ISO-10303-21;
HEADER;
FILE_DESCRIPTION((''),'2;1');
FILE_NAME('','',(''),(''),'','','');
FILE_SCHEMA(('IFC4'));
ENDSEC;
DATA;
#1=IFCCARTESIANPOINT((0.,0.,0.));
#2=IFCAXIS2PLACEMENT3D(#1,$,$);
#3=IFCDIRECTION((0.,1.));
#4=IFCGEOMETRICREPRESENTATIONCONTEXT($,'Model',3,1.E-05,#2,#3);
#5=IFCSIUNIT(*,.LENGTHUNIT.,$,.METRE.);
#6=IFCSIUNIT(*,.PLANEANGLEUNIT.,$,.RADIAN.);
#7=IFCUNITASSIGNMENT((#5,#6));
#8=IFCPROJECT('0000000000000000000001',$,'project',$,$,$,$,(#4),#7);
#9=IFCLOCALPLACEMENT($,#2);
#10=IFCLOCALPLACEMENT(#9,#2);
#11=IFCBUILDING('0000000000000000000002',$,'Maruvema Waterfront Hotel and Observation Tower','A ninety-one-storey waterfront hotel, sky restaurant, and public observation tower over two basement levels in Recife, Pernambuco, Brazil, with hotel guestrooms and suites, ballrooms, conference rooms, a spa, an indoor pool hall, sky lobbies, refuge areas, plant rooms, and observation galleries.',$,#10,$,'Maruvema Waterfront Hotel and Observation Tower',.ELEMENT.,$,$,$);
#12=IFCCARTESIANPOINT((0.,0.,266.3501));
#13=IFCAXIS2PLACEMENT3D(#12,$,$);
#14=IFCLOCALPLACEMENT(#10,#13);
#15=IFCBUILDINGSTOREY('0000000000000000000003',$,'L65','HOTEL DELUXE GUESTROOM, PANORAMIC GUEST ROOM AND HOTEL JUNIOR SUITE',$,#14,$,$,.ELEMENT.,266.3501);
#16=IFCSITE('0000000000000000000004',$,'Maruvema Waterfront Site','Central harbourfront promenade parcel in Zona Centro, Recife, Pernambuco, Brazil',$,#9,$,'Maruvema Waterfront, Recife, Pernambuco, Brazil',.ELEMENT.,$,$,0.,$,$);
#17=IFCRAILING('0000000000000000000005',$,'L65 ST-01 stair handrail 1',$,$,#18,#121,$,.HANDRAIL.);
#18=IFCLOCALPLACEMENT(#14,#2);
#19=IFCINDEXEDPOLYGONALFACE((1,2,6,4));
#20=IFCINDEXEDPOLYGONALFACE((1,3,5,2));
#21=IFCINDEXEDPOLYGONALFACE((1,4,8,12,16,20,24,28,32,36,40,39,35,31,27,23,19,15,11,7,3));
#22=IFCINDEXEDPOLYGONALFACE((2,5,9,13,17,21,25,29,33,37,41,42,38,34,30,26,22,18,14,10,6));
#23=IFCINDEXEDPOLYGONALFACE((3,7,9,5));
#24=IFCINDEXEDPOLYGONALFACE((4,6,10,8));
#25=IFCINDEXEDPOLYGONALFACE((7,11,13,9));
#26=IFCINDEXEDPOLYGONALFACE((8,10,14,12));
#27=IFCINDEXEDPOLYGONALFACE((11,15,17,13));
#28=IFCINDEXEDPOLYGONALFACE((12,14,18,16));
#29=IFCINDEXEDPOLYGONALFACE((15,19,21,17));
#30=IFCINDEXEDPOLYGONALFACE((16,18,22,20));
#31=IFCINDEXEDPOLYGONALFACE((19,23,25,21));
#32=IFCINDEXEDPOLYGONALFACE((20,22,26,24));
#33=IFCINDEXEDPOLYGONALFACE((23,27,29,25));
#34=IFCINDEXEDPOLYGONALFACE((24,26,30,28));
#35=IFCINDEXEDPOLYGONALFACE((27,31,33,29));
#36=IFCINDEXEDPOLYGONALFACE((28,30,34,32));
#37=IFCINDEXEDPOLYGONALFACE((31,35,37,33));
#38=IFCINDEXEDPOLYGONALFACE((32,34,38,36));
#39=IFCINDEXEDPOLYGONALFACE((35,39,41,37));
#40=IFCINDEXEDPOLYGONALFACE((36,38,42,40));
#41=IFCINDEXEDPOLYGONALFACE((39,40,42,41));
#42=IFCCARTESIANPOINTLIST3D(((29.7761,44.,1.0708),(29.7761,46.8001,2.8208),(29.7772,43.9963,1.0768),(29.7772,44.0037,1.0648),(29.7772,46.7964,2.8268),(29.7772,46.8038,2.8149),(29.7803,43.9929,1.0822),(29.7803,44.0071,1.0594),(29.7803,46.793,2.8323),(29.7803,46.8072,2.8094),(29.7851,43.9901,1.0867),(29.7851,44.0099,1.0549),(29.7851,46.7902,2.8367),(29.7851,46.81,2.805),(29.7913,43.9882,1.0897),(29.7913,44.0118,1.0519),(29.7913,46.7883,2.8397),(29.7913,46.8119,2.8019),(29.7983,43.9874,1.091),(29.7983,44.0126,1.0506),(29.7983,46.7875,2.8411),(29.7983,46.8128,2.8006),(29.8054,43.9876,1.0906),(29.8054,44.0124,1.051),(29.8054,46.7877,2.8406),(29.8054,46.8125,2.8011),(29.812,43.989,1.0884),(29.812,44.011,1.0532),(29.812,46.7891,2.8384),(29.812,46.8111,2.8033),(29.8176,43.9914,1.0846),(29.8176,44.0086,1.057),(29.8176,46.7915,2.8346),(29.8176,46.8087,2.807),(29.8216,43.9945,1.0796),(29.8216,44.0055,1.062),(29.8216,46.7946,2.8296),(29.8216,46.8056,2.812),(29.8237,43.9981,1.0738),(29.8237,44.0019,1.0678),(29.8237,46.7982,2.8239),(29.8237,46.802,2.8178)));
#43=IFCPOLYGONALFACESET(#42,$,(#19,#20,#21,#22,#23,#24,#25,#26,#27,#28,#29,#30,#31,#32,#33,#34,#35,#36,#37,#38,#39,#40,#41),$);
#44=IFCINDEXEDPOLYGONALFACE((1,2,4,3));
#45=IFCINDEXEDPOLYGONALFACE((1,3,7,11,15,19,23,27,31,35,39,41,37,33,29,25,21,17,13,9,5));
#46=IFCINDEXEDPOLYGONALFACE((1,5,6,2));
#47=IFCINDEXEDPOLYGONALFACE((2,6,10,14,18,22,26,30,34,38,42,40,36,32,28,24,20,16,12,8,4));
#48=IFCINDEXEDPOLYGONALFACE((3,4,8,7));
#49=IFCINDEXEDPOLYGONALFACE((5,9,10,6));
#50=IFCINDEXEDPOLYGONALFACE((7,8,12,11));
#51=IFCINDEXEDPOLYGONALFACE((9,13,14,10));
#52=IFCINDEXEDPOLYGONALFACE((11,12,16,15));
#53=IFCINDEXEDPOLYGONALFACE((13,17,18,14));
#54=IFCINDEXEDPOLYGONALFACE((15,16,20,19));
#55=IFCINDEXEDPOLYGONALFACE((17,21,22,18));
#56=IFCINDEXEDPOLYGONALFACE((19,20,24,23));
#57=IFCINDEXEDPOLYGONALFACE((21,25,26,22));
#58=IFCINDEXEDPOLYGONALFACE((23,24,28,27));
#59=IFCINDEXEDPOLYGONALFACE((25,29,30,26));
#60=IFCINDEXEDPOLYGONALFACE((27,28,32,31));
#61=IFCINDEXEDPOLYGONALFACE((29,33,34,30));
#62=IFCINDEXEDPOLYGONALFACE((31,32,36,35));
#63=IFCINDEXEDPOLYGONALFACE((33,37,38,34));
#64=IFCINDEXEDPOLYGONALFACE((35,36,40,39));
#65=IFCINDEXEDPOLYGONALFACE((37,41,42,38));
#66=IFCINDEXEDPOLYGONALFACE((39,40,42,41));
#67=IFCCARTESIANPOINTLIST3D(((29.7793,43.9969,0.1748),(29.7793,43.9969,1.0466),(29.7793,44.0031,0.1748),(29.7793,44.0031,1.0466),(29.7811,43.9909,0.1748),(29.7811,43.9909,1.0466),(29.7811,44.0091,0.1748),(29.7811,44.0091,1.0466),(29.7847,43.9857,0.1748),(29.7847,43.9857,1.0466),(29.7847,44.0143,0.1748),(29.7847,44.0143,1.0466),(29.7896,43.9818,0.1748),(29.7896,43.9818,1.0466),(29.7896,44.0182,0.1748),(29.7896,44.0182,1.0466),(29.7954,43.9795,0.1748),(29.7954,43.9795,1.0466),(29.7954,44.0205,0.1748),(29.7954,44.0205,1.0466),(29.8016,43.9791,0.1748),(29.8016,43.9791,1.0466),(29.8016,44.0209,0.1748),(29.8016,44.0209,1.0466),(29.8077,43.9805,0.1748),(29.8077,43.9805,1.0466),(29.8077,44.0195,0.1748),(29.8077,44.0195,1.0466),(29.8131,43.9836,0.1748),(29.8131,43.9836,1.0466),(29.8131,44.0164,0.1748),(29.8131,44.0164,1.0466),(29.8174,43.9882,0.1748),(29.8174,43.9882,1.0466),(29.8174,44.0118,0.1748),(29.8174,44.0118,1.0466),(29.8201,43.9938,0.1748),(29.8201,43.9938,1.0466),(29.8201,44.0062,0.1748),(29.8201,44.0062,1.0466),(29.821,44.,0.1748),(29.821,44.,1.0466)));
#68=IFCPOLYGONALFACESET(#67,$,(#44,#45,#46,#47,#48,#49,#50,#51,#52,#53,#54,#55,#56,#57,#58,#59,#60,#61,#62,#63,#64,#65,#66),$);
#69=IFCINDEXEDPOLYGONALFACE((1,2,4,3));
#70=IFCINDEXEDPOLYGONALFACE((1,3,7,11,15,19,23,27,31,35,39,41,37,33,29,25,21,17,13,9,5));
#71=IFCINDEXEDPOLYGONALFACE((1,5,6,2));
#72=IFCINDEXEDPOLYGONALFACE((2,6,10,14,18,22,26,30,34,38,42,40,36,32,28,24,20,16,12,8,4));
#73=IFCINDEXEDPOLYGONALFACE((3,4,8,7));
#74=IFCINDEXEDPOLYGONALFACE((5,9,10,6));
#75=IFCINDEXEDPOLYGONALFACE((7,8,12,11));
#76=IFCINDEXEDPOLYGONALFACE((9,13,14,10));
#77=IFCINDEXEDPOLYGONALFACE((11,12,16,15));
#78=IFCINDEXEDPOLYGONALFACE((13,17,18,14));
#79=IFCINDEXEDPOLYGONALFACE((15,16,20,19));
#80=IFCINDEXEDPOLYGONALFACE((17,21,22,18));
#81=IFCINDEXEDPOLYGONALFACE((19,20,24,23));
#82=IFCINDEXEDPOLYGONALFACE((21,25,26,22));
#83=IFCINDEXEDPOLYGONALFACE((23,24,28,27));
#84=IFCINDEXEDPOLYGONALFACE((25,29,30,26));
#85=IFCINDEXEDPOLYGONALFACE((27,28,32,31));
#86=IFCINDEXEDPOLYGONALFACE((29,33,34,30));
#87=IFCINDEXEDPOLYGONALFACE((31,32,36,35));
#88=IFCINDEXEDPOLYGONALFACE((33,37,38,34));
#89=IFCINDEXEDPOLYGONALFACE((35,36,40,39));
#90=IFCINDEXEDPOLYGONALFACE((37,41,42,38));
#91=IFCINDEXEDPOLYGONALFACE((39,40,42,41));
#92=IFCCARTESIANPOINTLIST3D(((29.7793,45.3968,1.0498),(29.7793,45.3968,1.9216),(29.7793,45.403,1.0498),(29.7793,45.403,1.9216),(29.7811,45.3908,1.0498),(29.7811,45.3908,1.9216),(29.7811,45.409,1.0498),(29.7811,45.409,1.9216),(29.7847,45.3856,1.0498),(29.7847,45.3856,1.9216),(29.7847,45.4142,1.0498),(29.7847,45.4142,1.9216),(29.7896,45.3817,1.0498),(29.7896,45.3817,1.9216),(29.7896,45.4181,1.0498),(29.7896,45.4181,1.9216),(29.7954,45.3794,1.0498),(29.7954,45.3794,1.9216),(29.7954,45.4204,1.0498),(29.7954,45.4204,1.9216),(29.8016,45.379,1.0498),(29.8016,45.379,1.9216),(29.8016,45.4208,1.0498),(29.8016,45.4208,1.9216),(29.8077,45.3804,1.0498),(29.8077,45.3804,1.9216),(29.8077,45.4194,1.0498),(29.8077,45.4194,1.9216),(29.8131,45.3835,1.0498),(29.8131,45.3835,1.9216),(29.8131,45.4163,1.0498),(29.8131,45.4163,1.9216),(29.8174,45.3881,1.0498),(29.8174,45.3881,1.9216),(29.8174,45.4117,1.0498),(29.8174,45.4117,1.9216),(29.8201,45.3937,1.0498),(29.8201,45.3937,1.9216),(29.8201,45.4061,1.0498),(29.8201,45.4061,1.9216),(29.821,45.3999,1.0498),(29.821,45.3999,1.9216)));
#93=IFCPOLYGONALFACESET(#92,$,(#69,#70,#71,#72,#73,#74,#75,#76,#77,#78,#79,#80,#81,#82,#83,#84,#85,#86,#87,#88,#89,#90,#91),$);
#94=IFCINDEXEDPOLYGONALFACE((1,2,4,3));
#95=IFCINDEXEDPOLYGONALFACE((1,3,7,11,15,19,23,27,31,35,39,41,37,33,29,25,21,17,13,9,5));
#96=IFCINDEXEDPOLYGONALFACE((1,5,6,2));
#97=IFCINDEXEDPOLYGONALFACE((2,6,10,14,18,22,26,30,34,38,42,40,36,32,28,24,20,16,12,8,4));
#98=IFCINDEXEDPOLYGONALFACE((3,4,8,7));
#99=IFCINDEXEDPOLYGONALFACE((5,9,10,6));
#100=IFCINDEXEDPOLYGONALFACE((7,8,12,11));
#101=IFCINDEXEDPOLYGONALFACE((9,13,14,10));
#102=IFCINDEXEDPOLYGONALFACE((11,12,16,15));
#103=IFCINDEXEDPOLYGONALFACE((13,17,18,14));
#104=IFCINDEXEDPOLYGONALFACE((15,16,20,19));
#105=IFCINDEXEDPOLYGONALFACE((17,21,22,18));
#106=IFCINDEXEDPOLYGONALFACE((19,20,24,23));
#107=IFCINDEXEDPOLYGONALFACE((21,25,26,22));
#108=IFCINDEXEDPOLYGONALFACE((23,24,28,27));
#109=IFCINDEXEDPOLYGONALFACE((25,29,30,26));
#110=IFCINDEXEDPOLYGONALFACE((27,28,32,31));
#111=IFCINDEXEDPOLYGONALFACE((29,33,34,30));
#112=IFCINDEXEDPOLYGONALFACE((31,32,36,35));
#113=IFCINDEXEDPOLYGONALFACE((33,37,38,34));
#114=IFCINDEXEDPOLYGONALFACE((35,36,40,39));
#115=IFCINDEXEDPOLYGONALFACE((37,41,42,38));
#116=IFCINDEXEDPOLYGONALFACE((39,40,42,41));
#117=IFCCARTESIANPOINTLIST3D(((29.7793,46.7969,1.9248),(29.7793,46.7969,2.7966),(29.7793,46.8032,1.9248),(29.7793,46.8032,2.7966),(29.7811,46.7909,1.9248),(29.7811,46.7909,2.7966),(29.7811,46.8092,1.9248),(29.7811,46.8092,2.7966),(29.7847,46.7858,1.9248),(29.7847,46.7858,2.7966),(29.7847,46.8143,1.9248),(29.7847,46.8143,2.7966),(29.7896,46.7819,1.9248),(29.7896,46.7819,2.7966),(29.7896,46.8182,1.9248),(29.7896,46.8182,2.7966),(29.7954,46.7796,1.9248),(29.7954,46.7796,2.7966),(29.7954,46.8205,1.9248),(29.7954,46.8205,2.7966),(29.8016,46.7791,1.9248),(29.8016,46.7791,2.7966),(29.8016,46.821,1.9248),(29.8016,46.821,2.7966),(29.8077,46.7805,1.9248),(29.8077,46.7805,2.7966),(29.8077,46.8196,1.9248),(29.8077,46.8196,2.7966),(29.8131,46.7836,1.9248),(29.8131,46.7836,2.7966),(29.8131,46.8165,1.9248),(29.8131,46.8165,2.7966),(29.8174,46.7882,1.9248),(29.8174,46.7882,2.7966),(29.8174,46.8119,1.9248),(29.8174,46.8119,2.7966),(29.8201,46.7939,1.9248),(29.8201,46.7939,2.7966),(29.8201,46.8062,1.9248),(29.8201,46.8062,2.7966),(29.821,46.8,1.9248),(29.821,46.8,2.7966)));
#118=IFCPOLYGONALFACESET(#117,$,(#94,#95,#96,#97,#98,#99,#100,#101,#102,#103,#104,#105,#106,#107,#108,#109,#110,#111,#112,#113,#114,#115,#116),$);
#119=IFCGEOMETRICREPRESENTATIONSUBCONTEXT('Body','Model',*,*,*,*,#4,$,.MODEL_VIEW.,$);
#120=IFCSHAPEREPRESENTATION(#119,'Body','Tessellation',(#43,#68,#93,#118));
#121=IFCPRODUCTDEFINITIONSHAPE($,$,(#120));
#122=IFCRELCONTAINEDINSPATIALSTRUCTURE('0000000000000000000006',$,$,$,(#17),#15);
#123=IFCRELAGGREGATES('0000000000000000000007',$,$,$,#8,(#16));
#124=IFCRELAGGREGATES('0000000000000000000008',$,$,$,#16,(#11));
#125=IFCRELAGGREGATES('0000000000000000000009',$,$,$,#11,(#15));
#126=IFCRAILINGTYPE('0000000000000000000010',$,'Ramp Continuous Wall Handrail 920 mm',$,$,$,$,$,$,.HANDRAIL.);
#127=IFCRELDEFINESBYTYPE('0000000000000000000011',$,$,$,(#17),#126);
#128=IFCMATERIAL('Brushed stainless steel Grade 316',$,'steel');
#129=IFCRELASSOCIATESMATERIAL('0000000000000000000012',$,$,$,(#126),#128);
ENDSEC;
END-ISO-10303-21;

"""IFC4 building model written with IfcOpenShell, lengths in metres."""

from ifc_helpers import new_model, si_unit, direction, frame, origin, origin_2d, place, context, subcontext, project, spatial, circle, extrude, material, type_object, element, save


model = new_model("IFC4")

# Units and contexts
model_context = context("Model", 3, precision=1e-05, world=origin(), true_north=direction((0.0, 1.0)))
body_context = subcontext(model_context, "Body", "Model", "MODEL_VIEW")
ifc_project = project(units=[si_unit("LENGTHUNIT", "METRE"), si_unit("PLANEANGLEUNIT", "RADIAN")], contexts=[model_context])

# Site, building, storey
site_placement = place(None, origin())
site = spatial("IfcSite", under=ifc_project, at=site_placement, Name="Maruvema Waterfront Site", Description="Central harbourfront promenade parcel in Zona Centro, Recife, Pernambuco, Brazil", LongName="Maruvema Waterfront, Recife, Pernambuco, Brazil", CompositionType="ELEMENT", RefElevation=0.0)
building_placement = place(site_placement, origin())
building = spatial("IfcBuilding", under=site, at=building_placement, Name="Maruvema Waterfront Hotel and Observation Tower", Description="A ninety-one-storey waterfront hotel, sky restaurant, and public observation tower over two basement levels in Recife, Pernambuco, Brazil, with hotel guestrooms and suites, ballrooms, conference rooms, a spa, an indoor pool hall, sky lobbies, refuge areas, plant rooms, and observation galleries.", LongName="Maruvema Waterfront Hotel and Observation Tower", CompositionType="ELEMENT")
storey_placement = place(building_placement, frame((0.0, 0.0, 266.3501)))
storey = spatial("IfcBuildingStorey", under=building, at=storey_placement, Name="L65", Description="HOTEL DELUXE GUESTROOM, PANORAMIC GUEST ROOM AND HOTEL JUNIOR SUITE", CompositionType="ELEMENT", Elevation=266.3501)

# Railing
ifc_material_1 = material(Name="Brushed stainless steel Grade 316", Category="steel")
railing_type_1 = type_object("IfcRailingType", Name="Ramp Continuous Wall Handrail 920 mm", PredefinedType="HANDRAIL", material=ifc_material_1)
railing_1_placement = place(storey_placement, frame((29.8, 44.0, 0.1748)))
element("IfcRailing", 1, at=railing_1_placement, inside=storey, type_object=railing_type_1, Name="L65 ST-01 stair handrail 1", PredefinedType="HANDRAIL", context=body_context, shape_type="SweptSolid", body=[
    extrude(circle(Radius=0.0239, at=origin_2d()), frame((0.0, 0.0, 0.896), z_axis=(0.0, 0.848002, 0.529992), x_axis=(-1.0, 0.0, 0.0)), (0.0, 0.0, 1.0), 3.302),
    extrude(circle(Radius=0.021, at=origin_2d()), origin(), (0.0, 0.0, 1.0), 0.8718),
    extrude(circle(Radius=0.021, at=origin_2d()), frame((0.0, 1.3999, 0.875)), (0.0, 0.0, 1.0), 0.8718),
    extrude(circle(Radius=0.021, at=origin_2d()), frame((0.0, 2.8, 1.75)), (0.0, 0.0, 1.0), 0.8718),
])

save(model, "model.ifc")
